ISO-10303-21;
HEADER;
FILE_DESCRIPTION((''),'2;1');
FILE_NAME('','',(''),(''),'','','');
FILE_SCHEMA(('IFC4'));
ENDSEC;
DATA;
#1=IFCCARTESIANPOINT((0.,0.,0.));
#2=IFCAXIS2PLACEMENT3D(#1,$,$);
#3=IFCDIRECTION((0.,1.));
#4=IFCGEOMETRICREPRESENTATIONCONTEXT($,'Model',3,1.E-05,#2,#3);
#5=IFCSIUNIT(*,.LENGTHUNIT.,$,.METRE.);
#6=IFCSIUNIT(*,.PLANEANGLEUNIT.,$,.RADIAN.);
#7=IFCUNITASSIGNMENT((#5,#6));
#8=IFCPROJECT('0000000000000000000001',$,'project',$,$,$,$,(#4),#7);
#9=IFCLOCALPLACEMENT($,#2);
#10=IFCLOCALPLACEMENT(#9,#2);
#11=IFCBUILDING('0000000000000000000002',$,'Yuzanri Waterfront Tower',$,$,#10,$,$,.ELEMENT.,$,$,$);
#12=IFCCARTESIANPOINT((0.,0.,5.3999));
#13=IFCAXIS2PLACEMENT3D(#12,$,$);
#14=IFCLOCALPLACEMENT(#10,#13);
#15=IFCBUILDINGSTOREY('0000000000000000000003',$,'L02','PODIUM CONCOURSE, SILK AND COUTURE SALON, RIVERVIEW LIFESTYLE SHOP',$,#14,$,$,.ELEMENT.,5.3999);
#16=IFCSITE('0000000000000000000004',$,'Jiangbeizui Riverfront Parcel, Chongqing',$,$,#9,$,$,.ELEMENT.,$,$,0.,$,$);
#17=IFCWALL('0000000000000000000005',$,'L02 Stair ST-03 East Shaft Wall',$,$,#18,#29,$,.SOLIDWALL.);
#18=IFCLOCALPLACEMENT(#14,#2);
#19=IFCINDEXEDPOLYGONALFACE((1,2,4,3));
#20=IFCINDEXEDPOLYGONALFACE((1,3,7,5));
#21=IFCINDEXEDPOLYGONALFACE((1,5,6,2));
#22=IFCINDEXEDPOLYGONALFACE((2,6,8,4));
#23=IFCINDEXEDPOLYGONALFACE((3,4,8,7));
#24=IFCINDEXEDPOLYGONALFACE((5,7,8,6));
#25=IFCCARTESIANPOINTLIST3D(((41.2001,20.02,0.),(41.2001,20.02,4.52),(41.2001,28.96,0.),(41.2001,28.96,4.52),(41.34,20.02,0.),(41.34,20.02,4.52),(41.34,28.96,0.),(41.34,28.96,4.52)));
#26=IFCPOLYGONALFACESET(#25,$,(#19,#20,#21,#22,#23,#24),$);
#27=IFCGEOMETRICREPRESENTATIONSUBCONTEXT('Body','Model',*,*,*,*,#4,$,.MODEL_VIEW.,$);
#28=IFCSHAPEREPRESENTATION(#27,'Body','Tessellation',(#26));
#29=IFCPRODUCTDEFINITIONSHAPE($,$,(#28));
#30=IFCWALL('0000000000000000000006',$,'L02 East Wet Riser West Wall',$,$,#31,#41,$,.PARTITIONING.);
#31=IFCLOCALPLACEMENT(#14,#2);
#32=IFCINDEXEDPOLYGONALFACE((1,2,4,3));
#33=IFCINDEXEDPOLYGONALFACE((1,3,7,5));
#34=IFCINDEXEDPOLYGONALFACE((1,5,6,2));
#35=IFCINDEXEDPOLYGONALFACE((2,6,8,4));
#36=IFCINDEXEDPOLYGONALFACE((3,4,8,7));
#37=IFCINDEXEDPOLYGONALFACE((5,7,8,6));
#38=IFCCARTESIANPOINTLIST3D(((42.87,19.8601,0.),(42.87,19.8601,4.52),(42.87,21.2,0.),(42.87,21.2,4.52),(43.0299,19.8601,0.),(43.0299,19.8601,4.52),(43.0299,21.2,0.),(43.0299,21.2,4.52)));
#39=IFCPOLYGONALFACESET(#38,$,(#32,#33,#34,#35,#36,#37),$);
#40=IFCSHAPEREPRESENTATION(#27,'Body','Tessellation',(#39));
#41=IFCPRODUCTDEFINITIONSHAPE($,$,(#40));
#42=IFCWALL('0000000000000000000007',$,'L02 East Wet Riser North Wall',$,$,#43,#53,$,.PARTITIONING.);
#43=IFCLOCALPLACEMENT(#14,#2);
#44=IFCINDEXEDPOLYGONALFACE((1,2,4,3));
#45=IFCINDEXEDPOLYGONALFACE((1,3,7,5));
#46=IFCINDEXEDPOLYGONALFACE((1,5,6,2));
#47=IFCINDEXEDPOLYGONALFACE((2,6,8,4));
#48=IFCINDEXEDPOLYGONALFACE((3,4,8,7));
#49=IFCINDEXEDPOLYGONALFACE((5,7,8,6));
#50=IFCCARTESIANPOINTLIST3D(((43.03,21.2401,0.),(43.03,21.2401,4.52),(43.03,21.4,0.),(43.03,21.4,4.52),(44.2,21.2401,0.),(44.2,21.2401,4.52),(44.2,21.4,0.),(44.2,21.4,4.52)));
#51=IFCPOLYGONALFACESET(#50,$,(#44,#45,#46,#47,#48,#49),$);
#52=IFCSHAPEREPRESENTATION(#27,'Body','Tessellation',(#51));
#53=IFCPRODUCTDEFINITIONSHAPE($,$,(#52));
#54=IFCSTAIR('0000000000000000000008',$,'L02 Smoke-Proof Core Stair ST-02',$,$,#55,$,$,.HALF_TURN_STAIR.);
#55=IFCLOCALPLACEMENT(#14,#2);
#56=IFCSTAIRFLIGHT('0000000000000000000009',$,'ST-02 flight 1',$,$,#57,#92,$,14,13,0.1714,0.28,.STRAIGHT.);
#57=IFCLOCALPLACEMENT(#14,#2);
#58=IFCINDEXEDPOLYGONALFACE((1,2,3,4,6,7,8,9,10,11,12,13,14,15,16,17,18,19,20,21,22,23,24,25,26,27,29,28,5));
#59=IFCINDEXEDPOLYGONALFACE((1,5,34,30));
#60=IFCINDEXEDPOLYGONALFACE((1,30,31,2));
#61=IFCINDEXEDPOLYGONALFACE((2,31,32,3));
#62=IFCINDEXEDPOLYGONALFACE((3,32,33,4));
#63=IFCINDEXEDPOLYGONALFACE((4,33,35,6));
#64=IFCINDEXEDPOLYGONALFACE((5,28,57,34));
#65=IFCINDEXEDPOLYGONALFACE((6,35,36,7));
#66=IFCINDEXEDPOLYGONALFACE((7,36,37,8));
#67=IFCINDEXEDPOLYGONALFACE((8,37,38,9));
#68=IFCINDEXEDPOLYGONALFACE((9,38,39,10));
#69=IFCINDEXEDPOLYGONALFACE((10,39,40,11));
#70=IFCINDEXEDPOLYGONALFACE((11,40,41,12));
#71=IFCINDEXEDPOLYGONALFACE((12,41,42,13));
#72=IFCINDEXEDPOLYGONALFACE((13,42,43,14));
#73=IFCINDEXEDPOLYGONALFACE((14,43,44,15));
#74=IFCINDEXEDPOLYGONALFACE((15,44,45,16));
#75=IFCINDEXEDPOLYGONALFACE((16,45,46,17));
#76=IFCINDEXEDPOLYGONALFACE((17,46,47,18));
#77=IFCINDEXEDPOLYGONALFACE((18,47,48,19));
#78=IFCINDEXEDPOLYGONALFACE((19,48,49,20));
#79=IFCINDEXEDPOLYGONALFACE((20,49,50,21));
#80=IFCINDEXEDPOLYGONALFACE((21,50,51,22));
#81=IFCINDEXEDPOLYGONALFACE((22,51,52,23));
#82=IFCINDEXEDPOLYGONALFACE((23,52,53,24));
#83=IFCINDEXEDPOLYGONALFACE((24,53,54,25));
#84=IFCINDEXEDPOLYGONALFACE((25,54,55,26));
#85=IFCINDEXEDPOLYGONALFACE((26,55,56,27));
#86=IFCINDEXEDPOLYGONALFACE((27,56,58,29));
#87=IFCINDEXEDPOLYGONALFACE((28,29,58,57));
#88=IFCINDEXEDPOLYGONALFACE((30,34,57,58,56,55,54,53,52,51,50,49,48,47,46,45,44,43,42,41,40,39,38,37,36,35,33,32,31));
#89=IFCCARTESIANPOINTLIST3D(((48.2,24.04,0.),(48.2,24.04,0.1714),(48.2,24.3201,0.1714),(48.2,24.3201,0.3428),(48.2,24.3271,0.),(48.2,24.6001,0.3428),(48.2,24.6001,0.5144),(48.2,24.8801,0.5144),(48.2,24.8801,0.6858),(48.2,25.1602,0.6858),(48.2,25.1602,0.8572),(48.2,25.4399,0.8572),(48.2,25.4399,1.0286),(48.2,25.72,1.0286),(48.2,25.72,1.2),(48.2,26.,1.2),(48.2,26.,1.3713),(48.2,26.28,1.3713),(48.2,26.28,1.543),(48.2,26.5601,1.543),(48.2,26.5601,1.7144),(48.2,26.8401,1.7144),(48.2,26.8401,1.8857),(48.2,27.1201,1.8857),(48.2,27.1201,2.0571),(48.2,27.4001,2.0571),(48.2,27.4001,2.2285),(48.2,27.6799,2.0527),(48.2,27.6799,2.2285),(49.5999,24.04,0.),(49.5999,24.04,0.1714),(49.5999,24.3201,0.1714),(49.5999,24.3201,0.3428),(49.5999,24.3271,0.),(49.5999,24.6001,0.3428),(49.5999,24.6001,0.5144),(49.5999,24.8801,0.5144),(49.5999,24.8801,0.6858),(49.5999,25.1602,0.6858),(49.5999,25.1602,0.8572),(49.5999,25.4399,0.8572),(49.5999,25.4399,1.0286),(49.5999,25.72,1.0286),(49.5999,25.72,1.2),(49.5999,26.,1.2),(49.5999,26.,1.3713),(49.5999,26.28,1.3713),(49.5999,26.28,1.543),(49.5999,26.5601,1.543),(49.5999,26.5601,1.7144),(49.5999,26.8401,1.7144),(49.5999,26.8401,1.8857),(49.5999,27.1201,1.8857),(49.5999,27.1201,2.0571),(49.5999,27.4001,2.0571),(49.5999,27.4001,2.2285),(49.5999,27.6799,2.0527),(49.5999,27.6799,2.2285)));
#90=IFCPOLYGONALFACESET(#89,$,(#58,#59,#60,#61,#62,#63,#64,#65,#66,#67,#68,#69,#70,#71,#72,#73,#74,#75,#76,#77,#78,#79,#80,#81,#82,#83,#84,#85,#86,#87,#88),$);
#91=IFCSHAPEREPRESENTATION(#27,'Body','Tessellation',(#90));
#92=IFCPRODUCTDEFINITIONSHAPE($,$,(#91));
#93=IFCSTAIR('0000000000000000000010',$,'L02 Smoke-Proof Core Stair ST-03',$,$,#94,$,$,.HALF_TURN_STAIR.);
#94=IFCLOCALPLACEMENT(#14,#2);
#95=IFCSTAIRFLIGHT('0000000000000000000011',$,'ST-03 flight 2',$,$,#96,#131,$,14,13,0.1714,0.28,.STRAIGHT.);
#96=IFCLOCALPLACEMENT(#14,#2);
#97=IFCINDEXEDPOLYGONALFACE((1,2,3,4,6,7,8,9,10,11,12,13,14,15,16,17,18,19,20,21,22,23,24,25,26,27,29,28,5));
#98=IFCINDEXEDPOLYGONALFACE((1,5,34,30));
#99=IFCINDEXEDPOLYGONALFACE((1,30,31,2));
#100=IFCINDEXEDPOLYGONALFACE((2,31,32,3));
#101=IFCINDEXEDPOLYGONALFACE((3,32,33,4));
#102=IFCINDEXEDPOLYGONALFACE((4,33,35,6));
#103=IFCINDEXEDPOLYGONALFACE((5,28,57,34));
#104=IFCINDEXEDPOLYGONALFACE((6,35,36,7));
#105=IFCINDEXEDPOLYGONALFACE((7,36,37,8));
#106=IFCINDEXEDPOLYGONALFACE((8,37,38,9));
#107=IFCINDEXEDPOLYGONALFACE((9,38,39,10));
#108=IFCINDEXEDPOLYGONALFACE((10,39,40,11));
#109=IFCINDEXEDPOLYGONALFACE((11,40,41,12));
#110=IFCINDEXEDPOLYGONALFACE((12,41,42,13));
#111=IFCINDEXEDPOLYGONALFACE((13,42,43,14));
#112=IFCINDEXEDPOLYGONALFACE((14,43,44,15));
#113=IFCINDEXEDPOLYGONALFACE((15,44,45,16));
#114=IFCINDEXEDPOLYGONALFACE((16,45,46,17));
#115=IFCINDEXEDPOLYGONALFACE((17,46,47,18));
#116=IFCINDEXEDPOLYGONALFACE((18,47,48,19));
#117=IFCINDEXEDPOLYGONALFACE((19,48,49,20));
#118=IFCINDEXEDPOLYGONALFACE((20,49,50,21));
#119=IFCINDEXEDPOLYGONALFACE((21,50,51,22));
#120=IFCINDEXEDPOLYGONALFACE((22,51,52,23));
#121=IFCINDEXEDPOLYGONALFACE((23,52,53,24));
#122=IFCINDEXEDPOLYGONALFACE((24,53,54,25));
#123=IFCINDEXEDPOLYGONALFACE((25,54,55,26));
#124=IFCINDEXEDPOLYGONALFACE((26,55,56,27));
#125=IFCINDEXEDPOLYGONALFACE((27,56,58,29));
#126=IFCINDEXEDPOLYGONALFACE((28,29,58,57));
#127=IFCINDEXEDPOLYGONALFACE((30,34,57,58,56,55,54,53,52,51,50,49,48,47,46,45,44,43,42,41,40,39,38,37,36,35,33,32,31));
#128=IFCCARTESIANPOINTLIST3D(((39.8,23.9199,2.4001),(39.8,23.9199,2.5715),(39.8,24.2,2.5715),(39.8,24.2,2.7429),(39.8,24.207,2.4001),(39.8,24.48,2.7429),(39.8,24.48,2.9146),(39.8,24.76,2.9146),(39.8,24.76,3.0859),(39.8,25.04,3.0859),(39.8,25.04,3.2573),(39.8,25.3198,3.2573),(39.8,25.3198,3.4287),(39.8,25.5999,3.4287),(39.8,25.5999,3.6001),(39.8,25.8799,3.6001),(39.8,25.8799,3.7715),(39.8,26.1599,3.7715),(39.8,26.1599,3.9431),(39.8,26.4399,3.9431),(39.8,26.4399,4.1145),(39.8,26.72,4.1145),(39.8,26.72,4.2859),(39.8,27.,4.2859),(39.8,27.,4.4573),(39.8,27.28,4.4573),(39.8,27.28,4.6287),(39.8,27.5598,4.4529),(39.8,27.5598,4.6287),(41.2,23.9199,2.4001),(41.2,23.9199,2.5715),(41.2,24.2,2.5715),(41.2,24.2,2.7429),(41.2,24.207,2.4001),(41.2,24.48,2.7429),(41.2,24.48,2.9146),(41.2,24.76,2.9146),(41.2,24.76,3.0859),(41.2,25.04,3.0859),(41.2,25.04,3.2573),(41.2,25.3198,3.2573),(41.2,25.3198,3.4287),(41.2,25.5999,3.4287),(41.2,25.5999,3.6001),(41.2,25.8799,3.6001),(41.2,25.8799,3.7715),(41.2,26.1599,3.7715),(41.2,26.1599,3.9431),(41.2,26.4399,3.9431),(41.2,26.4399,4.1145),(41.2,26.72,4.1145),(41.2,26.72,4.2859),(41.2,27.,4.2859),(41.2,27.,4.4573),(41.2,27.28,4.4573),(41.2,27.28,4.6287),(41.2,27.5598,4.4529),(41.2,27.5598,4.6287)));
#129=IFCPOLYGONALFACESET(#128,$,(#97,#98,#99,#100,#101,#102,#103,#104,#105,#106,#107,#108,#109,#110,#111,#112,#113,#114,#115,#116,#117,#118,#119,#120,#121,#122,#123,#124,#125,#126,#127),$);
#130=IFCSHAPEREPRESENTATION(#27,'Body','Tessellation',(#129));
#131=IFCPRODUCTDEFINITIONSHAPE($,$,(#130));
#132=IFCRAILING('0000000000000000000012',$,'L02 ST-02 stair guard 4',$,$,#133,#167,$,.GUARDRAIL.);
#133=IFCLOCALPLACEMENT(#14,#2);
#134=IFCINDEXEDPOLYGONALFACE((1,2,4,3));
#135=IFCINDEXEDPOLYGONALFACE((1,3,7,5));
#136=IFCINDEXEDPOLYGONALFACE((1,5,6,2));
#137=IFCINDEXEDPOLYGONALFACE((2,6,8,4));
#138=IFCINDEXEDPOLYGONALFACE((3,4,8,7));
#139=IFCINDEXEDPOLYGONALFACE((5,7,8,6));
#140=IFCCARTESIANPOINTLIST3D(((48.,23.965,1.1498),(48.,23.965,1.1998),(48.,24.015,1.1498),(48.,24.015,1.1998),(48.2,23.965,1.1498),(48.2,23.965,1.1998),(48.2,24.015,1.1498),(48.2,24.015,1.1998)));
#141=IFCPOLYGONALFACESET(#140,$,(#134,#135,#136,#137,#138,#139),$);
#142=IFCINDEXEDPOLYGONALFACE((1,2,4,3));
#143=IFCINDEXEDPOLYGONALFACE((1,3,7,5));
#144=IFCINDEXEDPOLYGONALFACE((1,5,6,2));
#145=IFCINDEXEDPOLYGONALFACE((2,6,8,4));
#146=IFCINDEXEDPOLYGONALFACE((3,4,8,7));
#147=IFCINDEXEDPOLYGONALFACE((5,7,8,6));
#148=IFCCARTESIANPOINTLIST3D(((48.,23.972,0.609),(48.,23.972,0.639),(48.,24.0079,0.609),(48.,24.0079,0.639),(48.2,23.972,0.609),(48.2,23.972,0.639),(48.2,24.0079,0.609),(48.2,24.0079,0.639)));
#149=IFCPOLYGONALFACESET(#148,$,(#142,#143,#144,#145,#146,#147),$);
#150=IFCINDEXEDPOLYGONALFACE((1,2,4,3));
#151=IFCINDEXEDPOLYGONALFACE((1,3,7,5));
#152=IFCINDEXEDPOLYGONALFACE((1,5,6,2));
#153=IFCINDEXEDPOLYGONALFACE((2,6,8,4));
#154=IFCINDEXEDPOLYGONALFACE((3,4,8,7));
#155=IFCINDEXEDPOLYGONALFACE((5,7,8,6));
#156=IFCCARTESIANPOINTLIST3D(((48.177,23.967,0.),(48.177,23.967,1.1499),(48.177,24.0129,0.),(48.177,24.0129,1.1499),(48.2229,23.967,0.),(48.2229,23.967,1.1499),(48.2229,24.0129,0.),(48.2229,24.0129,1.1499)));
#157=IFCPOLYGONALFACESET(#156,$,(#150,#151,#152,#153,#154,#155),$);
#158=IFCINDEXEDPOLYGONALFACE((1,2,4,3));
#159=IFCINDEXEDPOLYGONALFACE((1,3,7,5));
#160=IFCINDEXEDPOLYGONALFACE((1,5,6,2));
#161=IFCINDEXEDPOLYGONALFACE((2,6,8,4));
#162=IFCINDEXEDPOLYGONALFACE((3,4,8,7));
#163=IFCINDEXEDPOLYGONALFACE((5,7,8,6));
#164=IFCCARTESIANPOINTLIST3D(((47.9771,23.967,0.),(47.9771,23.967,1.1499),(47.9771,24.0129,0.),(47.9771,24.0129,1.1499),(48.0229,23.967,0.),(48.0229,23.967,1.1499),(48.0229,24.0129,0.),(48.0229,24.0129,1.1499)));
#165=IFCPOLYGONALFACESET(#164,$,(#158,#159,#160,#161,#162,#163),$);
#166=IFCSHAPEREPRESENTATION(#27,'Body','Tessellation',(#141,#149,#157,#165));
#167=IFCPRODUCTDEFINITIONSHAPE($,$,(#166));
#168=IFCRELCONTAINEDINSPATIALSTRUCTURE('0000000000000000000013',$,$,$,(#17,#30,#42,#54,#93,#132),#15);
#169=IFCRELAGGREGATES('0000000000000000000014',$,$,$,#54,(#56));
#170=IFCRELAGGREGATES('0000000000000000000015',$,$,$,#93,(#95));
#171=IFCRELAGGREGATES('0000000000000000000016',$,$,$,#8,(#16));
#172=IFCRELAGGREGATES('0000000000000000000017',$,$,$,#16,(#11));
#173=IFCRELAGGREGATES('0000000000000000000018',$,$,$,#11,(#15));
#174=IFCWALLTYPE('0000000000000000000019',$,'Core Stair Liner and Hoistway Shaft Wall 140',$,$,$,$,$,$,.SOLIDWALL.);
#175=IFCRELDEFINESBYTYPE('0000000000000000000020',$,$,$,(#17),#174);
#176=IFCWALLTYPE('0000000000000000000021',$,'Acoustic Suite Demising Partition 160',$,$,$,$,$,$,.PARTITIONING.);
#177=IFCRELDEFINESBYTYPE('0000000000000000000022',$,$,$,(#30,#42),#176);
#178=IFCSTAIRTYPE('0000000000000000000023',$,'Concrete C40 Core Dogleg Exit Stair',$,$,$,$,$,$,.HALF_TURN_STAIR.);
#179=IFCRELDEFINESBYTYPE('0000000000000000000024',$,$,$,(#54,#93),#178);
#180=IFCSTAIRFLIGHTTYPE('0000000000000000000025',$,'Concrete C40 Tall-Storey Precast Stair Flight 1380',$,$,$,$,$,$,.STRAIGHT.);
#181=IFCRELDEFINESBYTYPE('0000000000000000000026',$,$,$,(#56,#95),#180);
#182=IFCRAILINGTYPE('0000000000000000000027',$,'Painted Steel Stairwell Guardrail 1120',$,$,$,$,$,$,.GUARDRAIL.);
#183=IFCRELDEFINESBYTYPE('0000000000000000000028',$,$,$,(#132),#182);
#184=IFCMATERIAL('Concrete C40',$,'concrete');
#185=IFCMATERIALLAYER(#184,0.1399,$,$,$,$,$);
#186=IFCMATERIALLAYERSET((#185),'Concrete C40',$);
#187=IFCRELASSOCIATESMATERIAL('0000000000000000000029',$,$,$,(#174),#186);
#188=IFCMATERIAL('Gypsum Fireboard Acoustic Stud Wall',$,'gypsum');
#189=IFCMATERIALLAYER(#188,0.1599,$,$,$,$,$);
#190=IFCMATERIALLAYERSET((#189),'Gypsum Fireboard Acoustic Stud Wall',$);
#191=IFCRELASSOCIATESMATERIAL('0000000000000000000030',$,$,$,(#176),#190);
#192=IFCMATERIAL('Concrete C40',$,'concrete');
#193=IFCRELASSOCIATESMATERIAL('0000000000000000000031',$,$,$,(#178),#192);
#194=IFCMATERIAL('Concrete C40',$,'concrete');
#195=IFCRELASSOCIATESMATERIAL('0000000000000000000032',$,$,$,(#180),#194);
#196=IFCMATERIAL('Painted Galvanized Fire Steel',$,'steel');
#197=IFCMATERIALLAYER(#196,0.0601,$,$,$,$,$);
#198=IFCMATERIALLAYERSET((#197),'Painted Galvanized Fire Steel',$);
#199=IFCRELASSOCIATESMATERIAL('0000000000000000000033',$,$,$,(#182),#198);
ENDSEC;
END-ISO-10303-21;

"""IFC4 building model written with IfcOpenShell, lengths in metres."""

from ifc_helpers import new_model, si_unit, direction, frame, frame_2d, origin, origin_2d, place, context, subcontext, project, spatial, polyline, rectangle, outline, extrude, source, transform, mapped, material, layer, layer_set, type_object, element, aggregate, save


model = new_model("IFC4")

# Units and contexts
model_context = context("Model", 3, precision=1e-05, world=origin(), true_north=direction((0.0, 1.0)))
body_context = subcontext(model_context, "Body", "Model", "MODEL_VIEW")
ifc_project = project(units=[si_unit("LENGTHUNIT", "METRE"), si_unit("PLANEANGLEUNIT", "RADIAN")], contexts=[model_context])

# Site, building, storey
site_placement = place(None, origin())
site = spatial("IfcSite", under=ifc_project, at=site_placement, Name="Jiangbeizui Riverfront Parcel, Chongqing", CompositionType="ELEMENT", RefElevation=0.0)
building_placement = place(site_placement, origin())
building = spatial("IfcBuilding", under=site, at=building_placement, Name="Yuzanri Waterfront Tower", CompositionType="ELEMENT")
storey_placement = place(building_placement, frame((0.0, 0.0, 5.3999)))
storey = spatial("IfcBuildingStorey", under=building, at=storey_placement, Name="L02", Description="PODIUM CONCOURSE, SILK AND COUTURE SALON, RIVERVIEW LIFESTYLE SHOP", CompositionType="ELEMENT", Elevation=5.3999)

# Shared definitions
ifc_material_1 = material(Name="Concrete C40", Category="concrete")
ifc_layer_1 = layer(ifc_material_1, 0.1399)
ifc_layer_set_1 = layer_set([ifc_layer_1], Name="Concrete C40")
wall_type_1 = type_object("IfcWallType", Name="Core Stair Liner and Hoistway Shaft Wall 140", PredefinedType="SOLIDWALL", material=ifc_layer_set_1)

# Walls
shared_shape_1 = source(origin(), body_context, "Body", "SweptSolid", [
    extrude(rectangle(XDim=8.9399, YDim=0.1399, at=frame_2d((4.47, 0.0))), origin(), (0.0, 0.0, 1.0), 4.52),
])
wall_1_placement = place(storey_placement, frame((41.27, 20.02, 0.0), z_axis=(0.0, 0.0, 1.0), x_axis=(0.0, 1.0, 0.0)))
element("IfcWall", 1, at=wall_1_placement, inside=storey, type_object=wall_type_1, Name="L02 Stair ST-03 East Shaft Wall", PredefinedType="SOLIDWALL", context=body_context, shape_type="MappedRepresentation", body=[
    mapped(shared_shape_1, transform((0.0, 0.0, 0.0), scale=1.0)),
])
ifc_material_2 = material(Name="Gypsum Fireboard Acoustic Stud Wall", Category="gypsum")
ifc_layer_2 = layer(ifc_material_2, 0.1599)
ifc_layer_set_2 = layer_set([ifc_layer_2], Name="Gypsum Fireboard Acoustic Stud Wall")
wall_type_2 = type_object("IfcWallType", Name="Acoustic Suite Demising Partition 160", PredefinedType="PARTITIONING", material=ifc_layer_set_2)
shared_shape_2 = source(origin(), body_context, "Body", "SweptSolid", [
    extrude(rectangle(XDim=1.3398, YDim=0.1599, at=frame_2d((0.6699, 0.0))), origin(), (0.0, 0.0, 1.0), 4.52),
])
wall_2_placement = place(storey_placement, frame((42.95, 19.8601, 0.0), z_axis=(0.0, 0.0, 1.0), x_axis=(0.0, 1.0, 0.0)))
element("IfcWall", 2, at=wall_2_placement, inside=storey, type_object=wall_type_2, Name="L02 East Wet Riser West Wall", PredefinedType="PARTITIONING", context=body_context, shape_type="MappedRepresentation", body=[
    mapped(shared_shape_2, transform((0.0, 0.0, 0.0), scale=1.0)),
])
shared_shape_3 = source(origin(), body_context, "Body", "SweptSolid", [
    extrude(rectangle(XDim=1.1699, YDim=0.1599, at=frame_2d((0.585, 0.0))), origin(), (0.0, 0.0, 1.0), 4.52),
])
wall_3_placement = place(storey_placement, frame((43.03, 21.3201, 0.0), z_axis=(0.0, 0.0, 1.0), x_axis=(1.0, 0.0, 0.0)))
element("IfcWall", 3, at=wall_3_placement, inside=storey, type_object=wall_type_2, Name="L02 East Wet Riser North Wall", PredefinedType="PARTITIONING", context=body_context, shape_type="MappedRepresentation", body=[
    mapped(shared_shape_3, transform((0.0, 0.0, 0.0), scale=1.0)),
])

# Stairs, stair flights
ifc_material_3 = material(Name="Concrete C40", Category="concrete")
stair_type = type_object("IfcStairType", Name="Concrete C40 Core Dogleg Exit Stair", PredefinedType="HALF_TURN_STAIR", material=ifc_material_3)
stair_1_placement = place(storey_placement, origin())
stair_1 = element("IfcStair", 4, at=stair_1_placement, inside=storey, type_object=stair_type, Name="L02 Smoke-Proof Core Stair ST-02", PredefinedType="HALF_TURN_STAIR")
ifc_material_4 = material(Name="Concrete C40", Category="concrete")
stair_flight_type = type_object("IfcStairFlightType", Name="Concrete C40 Tall-Storey Precast Stair Flight 1380", PredefinedType="STRAIGHT", material=ifc_material_4)
shared_shape_4 = source(origin(), body_context, "Body", "SweptSolid", [
    extrude(outline(polyline([(0.0, 0.0), (0.0, 0.1714), (0.28, 0.1714), (0.28, 0.3428), (0.5601, 0.3428), (0.5601, 0.5144), (0.8401, 0.5144), (0.8401, 0.6858), (1.1201, 0.6858), (1.1201, 0.8572), (1.3999, 0.8572), (1.3999, 1.0286), (1.6799, 1.0286), (1.6799, 1.2), (1.96, 1.2), (1.96, 1.3713), (2.24, 1.3713), (2.24, 1.543), (2.52, 1.543), (2.52, 1.7144), (2.8, 1.7144), (2.8, 1.8857), (3.0801, 1.8857), (3.0801, 2.0571), (3.3601, 2.0571), (3.3601, 2.2285), (3.6399, 2.2285), (3.6399, 2.3999), (3.6399, 2.0527), (0.2871, 0.0), (0.0, 0.0)])), frame((0.0, 0.7, 0.0), z_axis=(0.0, -1.0, 0.0), x_axis=(1.0, 0.0, 0.0)), (0.0, 0.0, 1.0), 1.3999),
])
stair_flight_1_placement = place(storey_placement, frame((48.8999, 24.04, 0.0), z_axis=(0.0, 0.0, 1.0), x_axis=(0.0, 1.0, 0.0)))
stair_flight_1 = element("IfcStairFlight", 5, at=stair_flight_1_placement, type_object=stair_flight_type, Name="ST-02 flight 1", NumberOfRisers=14, NumberOfTreads=13, PredefinedType="STRAIGHT", RiserHeight=0.1714, TreadLength=0.28, context=body_context, shape_type="MappedRepresentation", body=[
    mapped(shared_shape_4, transform((0.0, 0.0, 0.0), scale=1.0)),
])
aggregate(stair_1, [stair_flight_1])
stair_2_placement = place(storey_placement, origin())
stair_2 = element("IfcStair", 6, at=stair_2_placement, inside=storey, type_object=stair_type, Name="L02 Smoke-Proof Core Stair ST-03", PredefinedType="HALF_TURN_STAIR")
stair_flight_2_placement = place(storey_placement, frame((40.5, 23.9199, 2.4001), z_axis=(0.0, 0.0, 1.0), x_axis=(0.0, 1.0, 0.0)))
stair_flight_2 = element("IfcStairFlight", 7, at=stair_flight_2_placement, type_object=stair_flight_type, Name="ST-03 flight 2", NumberOfRisers=14, NumberOfTreads=13, PredefinedType="STRAIGHT", RiserHeight=0.1714, TreadLength=0.28, context=body_context, shape_type="MappedRepresentation", body=[
    mapped(shared_shape_4, transform((0.0, 0.0, 0.0), scale=1.0)),
])
aggregate(stair_2, [stair_flight_2])

# Railing
ifc_material_5 = material(Name="Painted Galvanized Fire Steel", Category="steel")
ifc_layer_3 = layer(ifc_material_5, 0.0601)
ifc_layer_set_3 = layer_set([ifc_layer_3], Name="Painted Galvanized Fire Steel")
railing_type_1 = type_object("IfcRailingType", Name="Painted Steel Stairwell Guardrail 1120", PredefinedType="GUARDRAIL", material=ifc_layer_set_3)
shared_shape_5 = source(origin(), body_context, "Body", "SweptSolid", [
    extrude(rectangle(XDim=0.05, YDim=0.05, at=origin_2d()), frame((0.0, 0.0, 1.1748), z_axis=(-1.0, 0.0, 0.0), x_axis=(0.0, -1.0, 0.0)), (0.0, 0.0, 1.0), 0.2),
    extrude(rectangle(XDim=0.0359, YDim=0.03, at=origin_2d()), frame((0.0, 0.0, 0.624), z_axis=(-1.0, 0.0, 0.0), x_axis=(0.0, -1.0, 0.0)), (0.0, 0.0, 1.0), 0.2),
    extrude(rectangle(XDim=0.0459, YDim=0.0459, at=origin_2d()), origin(), (0.0, 0.0, 1.0), 1.1499),
    extrude(rectangle(XDim=0.0459, YDim=0.0459, at=origin_2d()), frame((-0.2, 0.0, 0.0)), (0.0, 0.0, 1.0), 1.1499),
])
railing_1_placement = place(storey_placement, frame((48.2, 23.99, 0.0)))
element("IfcRailing", 8, at=railing_1_placement, inside=storey, type_object=railing_type_1, Name="L02 ST-02 stair guard 4", PredefinedType="GUARDRAIL", context=body_context, shape_type="MappedRepresentation", body=[
    mapped(shared_shape_5, transform((0.0, 0.0, 0.0), scale=1.0)),
])

save(model, "model.ifc")
